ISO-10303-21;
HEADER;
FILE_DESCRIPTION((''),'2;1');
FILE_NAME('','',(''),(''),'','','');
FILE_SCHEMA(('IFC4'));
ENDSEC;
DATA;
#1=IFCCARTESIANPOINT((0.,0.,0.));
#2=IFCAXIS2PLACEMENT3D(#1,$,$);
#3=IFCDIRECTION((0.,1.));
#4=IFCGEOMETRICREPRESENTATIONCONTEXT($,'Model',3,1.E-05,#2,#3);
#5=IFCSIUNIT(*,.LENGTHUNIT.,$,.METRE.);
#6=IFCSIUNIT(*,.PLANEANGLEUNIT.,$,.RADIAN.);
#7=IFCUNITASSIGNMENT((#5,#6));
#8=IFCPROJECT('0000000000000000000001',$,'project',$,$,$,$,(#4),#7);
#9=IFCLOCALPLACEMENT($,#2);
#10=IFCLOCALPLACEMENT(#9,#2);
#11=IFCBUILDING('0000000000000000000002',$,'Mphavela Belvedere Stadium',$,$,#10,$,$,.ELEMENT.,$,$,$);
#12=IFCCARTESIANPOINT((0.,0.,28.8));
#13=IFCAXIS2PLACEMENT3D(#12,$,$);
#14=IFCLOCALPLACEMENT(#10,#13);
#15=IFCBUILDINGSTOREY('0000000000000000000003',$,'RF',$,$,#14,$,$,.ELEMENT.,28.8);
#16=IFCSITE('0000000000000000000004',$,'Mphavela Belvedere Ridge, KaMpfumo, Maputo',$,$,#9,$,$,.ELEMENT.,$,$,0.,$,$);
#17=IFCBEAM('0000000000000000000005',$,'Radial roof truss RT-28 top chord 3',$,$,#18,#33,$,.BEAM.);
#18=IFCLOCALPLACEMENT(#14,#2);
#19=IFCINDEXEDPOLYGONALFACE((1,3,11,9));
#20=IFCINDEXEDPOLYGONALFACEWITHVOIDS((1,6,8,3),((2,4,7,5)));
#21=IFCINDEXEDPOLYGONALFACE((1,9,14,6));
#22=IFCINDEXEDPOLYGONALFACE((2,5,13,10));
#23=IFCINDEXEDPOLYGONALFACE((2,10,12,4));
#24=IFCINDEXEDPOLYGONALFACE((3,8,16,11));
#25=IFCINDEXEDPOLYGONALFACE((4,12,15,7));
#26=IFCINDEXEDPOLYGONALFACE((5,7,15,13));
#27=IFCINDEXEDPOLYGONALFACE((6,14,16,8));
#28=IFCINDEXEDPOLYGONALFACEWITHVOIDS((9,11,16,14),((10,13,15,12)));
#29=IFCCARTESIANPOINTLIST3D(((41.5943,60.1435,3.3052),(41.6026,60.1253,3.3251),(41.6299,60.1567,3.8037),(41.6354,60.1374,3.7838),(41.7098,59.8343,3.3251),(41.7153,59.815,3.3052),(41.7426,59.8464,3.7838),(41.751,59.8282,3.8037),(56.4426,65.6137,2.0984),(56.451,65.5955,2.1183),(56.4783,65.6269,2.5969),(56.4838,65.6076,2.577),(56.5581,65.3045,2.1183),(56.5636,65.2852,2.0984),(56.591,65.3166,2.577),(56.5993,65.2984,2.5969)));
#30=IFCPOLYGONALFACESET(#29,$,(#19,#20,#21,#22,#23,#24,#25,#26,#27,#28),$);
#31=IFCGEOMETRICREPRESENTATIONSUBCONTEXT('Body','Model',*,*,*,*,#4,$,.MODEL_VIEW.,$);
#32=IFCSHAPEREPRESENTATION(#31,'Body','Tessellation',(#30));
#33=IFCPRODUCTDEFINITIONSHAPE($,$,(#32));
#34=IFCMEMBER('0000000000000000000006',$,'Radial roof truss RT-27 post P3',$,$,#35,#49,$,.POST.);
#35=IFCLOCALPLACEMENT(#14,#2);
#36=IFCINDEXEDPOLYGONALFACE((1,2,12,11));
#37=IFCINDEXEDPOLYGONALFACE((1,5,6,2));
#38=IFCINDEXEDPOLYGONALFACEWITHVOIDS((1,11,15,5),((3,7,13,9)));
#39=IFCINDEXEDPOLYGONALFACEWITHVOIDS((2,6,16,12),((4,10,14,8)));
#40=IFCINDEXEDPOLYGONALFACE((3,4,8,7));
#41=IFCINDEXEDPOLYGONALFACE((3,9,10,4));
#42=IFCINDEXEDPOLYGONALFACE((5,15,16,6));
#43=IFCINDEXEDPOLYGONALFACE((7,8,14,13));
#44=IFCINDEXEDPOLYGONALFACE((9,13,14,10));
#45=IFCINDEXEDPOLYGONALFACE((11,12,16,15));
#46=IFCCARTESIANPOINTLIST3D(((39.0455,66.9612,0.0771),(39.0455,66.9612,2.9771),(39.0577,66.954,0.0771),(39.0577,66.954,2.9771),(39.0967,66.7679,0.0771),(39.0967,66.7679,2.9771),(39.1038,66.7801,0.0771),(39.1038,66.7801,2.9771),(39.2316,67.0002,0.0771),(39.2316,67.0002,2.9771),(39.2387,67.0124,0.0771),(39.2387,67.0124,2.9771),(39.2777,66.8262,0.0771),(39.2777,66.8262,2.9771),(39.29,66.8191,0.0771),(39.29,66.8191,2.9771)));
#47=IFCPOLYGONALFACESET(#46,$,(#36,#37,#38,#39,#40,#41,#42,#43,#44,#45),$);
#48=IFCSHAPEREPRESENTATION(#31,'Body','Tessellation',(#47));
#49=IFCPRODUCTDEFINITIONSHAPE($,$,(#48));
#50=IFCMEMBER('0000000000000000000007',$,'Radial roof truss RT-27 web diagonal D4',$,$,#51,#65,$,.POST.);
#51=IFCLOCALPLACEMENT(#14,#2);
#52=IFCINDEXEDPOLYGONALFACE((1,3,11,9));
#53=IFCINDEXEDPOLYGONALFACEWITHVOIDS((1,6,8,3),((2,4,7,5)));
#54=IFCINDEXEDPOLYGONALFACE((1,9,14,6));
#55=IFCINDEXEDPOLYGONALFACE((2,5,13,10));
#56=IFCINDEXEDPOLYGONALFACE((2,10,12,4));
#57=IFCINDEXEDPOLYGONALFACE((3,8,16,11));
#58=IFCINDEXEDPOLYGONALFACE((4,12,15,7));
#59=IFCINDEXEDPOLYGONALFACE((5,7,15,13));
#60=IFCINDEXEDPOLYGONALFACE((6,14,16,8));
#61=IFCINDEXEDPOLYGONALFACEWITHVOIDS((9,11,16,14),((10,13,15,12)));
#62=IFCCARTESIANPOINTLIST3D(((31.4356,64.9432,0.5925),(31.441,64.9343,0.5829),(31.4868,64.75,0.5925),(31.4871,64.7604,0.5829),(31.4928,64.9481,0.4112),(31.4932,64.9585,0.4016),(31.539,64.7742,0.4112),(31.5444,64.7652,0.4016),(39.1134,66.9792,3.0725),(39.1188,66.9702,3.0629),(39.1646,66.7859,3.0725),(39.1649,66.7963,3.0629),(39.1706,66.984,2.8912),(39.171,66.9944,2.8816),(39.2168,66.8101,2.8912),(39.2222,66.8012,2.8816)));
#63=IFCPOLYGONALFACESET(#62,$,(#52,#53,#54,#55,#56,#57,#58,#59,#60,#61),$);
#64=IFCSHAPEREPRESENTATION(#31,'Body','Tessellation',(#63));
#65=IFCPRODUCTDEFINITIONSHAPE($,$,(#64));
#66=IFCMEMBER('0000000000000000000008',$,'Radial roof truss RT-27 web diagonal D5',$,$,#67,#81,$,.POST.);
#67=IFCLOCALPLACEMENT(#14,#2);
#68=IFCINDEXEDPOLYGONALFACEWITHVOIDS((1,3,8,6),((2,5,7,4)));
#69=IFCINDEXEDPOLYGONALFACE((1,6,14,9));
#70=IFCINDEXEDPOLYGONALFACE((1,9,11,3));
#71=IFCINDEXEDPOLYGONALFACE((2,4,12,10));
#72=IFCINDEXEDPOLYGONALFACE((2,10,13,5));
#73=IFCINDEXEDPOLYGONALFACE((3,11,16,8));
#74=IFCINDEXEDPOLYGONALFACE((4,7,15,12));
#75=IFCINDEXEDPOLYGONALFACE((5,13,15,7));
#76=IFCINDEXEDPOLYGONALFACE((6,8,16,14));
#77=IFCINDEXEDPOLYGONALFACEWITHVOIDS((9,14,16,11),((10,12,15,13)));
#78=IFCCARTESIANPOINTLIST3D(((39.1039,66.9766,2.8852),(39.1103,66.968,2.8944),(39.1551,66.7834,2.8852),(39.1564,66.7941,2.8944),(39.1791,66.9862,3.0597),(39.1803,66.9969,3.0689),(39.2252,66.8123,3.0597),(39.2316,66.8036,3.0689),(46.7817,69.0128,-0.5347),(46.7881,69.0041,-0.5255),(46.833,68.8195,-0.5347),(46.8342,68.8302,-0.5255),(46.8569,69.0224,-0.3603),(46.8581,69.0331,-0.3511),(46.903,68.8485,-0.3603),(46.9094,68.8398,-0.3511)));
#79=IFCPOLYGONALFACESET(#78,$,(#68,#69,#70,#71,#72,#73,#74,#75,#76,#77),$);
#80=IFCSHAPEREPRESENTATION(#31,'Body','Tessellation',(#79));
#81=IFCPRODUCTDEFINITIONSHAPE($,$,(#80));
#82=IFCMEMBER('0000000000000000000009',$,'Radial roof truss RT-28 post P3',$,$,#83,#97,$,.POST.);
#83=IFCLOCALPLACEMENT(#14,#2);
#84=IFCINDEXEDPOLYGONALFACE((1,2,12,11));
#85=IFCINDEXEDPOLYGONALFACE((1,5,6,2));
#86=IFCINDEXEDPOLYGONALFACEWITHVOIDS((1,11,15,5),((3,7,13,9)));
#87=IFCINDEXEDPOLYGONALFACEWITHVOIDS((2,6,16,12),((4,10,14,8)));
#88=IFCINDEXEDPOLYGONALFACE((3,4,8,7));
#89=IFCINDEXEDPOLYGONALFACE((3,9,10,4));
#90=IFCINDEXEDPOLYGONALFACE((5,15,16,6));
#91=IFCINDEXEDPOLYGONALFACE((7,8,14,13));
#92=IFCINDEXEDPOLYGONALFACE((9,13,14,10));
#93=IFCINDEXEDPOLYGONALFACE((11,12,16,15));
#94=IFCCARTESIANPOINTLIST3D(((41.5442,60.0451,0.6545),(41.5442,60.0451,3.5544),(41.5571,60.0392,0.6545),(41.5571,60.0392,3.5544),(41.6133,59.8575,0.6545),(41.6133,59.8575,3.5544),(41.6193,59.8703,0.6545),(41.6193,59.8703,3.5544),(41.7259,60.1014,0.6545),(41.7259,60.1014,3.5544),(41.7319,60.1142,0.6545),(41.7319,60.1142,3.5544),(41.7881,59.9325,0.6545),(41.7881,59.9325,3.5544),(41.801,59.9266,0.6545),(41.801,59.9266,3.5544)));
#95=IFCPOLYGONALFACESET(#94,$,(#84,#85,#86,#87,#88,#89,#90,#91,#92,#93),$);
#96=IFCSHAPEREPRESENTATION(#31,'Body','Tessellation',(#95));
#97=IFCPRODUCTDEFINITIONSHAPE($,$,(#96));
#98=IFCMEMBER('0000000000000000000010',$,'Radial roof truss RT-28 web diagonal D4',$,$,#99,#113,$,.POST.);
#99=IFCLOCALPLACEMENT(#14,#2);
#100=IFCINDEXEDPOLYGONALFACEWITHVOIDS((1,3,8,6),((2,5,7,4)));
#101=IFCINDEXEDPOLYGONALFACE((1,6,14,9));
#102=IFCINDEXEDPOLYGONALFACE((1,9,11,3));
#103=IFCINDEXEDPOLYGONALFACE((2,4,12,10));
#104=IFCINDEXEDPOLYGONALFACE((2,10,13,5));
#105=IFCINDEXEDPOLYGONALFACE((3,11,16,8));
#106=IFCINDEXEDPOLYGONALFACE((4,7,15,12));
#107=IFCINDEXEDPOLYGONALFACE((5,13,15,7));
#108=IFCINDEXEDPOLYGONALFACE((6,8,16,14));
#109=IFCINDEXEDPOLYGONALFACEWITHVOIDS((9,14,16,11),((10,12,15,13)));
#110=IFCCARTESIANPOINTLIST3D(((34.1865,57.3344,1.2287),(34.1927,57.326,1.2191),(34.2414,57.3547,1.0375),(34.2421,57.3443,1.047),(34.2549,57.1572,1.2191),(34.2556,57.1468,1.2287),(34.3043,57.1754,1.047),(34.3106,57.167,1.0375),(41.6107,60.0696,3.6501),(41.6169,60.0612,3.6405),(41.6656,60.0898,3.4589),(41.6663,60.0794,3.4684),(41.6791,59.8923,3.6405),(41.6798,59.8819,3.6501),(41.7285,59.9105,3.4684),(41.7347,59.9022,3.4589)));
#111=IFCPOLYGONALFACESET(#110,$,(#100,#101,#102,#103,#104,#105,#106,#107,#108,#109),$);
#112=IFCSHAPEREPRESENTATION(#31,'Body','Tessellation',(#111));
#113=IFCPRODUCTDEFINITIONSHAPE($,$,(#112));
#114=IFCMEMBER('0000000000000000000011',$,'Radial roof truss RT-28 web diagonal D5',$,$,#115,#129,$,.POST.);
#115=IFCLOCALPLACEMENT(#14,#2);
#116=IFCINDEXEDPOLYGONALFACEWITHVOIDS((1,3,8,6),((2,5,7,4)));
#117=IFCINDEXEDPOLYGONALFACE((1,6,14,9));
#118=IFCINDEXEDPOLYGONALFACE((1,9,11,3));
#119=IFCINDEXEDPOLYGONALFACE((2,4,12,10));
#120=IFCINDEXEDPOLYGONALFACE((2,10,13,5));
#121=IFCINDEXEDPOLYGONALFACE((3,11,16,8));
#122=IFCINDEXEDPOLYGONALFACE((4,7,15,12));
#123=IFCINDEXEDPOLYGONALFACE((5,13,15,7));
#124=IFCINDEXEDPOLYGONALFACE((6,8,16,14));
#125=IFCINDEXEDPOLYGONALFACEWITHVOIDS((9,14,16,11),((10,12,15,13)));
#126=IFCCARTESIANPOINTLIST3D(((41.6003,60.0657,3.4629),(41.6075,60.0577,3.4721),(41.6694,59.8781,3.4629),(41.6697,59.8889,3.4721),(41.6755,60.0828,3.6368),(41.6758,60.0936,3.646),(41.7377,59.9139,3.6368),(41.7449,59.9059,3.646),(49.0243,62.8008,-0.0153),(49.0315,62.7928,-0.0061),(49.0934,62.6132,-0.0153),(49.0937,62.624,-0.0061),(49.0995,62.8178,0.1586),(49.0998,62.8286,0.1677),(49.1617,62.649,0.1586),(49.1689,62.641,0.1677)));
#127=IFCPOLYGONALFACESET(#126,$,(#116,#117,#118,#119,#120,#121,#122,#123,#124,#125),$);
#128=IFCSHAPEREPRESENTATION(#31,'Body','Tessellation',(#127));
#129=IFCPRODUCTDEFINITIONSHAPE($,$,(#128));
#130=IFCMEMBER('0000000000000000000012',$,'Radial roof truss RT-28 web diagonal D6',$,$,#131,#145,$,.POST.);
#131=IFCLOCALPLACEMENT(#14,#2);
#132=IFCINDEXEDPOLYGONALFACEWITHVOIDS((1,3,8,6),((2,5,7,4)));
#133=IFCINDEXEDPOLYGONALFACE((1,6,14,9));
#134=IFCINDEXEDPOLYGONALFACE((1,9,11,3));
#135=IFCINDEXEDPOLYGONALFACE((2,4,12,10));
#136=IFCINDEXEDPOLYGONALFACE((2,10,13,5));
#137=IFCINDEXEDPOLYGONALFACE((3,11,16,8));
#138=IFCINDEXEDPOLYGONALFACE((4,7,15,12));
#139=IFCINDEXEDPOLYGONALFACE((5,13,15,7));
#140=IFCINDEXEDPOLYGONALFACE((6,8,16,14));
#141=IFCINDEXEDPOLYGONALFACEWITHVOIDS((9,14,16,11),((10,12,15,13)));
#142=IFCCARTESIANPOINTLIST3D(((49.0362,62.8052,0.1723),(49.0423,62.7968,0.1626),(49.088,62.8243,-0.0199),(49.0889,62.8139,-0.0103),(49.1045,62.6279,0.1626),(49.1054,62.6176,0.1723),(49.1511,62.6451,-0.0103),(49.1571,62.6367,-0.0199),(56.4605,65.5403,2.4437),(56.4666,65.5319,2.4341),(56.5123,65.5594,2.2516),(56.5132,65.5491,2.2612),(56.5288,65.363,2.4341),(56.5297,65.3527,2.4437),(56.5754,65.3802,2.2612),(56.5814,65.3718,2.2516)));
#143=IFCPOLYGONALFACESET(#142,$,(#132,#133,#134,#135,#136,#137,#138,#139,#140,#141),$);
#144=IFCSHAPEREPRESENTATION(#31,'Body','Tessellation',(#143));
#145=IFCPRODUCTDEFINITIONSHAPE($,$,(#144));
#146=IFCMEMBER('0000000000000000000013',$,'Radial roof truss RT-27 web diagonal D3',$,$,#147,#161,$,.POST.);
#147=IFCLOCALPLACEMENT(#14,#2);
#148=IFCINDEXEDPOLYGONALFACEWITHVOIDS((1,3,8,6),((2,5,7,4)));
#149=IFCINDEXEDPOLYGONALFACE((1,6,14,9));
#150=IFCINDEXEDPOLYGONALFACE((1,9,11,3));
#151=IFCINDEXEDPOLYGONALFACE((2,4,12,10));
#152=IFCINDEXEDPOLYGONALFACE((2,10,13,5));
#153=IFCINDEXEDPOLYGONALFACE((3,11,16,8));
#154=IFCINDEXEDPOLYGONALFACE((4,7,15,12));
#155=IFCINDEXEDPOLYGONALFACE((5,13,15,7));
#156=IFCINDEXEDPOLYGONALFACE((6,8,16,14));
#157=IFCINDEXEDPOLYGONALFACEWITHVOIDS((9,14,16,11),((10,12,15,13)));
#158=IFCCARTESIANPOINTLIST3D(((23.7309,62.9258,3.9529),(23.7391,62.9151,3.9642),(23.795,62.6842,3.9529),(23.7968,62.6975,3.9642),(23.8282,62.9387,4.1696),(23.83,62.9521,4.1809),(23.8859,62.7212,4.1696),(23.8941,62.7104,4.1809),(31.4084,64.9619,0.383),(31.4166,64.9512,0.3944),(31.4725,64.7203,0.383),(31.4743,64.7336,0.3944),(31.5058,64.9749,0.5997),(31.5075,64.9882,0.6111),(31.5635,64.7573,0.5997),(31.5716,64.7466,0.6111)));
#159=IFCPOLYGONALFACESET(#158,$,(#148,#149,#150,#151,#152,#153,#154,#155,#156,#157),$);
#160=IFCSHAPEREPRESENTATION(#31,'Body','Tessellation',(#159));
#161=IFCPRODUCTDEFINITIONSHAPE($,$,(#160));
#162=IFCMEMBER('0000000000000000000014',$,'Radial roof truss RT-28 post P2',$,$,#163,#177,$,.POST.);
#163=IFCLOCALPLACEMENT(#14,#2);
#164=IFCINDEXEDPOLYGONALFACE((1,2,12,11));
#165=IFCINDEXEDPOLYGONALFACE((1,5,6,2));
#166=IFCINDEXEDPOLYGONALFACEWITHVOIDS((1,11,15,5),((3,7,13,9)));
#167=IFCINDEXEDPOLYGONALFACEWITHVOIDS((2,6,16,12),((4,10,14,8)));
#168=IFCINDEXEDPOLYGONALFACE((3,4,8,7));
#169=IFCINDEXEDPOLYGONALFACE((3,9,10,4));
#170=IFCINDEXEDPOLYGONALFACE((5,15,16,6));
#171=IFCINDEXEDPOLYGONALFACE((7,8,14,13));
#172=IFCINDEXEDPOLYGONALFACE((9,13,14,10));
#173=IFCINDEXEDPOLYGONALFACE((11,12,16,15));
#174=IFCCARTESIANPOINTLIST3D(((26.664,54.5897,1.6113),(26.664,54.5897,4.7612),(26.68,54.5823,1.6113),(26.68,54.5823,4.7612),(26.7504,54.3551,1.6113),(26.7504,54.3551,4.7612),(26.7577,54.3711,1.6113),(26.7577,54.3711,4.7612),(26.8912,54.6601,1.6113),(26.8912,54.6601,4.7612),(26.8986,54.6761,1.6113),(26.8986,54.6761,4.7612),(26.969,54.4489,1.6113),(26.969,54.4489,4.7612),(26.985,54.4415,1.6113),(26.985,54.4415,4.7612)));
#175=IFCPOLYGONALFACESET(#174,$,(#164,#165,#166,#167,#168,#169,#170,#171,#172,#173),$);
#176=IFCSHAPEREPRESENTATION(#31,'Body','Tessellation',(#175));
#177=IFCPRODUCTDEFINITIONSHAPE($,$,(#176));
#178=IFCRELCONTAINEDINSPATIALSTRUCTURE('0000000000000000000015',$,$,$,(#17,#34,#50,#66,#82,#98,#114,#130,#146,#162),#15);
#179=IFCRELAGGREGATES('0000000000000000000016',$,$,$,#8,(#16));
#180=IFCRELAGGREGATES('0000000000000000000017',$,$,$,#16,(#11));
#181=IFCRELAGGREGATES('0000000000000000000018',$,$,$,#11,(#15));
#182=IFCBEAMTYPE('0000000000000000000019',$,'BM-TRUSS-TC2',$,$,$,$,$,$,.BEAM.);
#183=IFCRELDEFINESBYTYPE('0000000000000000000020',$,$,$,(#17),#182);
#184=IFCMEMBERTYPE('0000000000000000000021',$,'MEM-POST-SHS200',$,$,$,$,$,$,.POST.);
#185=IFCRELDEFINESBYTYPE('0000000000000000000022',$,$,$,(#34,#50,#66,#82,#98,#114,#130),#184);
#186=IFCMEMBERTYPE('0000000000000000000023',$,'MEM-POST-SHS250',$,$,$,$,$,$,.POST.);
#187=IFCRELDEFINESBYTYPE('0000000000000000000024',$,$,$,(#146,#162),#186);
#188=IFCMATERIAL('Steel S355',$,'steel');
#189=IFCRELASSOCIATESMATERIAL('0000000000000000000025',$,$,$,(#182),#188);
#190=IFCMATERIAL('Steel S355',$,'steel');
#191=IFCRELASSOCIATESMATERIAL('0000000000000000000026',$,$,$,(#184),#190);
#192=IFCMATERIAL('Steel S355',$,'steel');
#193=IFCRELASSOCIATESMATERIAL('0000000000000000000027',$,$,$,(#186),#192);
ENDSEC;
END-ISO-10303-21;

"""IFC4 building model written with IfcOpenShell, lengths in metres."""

from ifc_helpers import new_model, si_unit, direction, frame, origin, origin_2d, place, context, subcontext, project, spatial, hollow_rectangle, extrude, material, material_profile, profile_set, type_object, element, save


model = new_model("IFC4")

# Units and contexts
model_context = context("Model", 3, precision=1e-05, world=origin(), true_north=direction((0.0, 1.0)))
body_context = subcontext(model_context, "Body", "Model", "MODEL_VIEW")
ifc_project = project(units=[si_unit("LENGTHUNIT", "METRE"), si_unit("PLANEANGLEUNIT", "RADIAN")], contexts=[model_context])

# Site, building, storey
site_placement = place(None, origin())
site = spatial("IfcSite", under=ifc_project, at=site_placement, Name="Mphavela Belvedere Ridge, KaMpfumo, Maputo", CompositionType="ELEMENT", RefElevation=0.0)
building_placement = place(site_placement, origin())
building = spatial("IfcBuilding", under=site, at=building_placement, Name="Mphavela Belvedere Stadium", CompositionType="ELEMENT")
storey_placement = place(building_placement, frame((0.0, 0.0, 28.8)))
storey = spatial("IfcBuildingStorey", under=building, at=storey_placement, Name="RF", CompositionType="ELEMENT", Elevation=28.8)

# Beam
ifc_material_1 = material(Name="Steel S355", Category="steel")
ifc_material_profile_1 = material_profile(ifc_material_1, hollow_rectangle(XDim=0.3501, YDim=0.5, WallThickness=0.02, at=origin_2d()), Name="RHS 500x350x20")
ifc_profile_set_1 = profile_set([ifc_material_profile_1], Name="Steel S355")
beam_type_1 = type_object("IfcBeamType", Name="BM-TRUSS-TC2", PredefinedType="BEAM", material=ifc_profile_set_1)
beam_1_placement = place(storey_placement, frame((41.6726, 59.9858, 3.5544), z_axis=(0.935631, 0.344691, -0.076042), x_axis=(-0.345692, 0.938348, 0.0)))
element("IfcBeam", 1, at=beam_1_placement, inside=storey, type_object=beam_type_1, Name="Radial roof truss RT-28 top chord 3", PredefinedType="BEAM", context=body_context, shape_type="SweptSolid", body=[
    extrude(hollow_rectangle(XDim=0.3501, YDim=0.5, WallThickness=0.02, at=origin_2d()), origin(), (0.0, 0.0, 1.0), 15.8699),
])

# Members
ifc_material_2 = material(Name="Steel S355", Category="steel")
ifc_material_profile_2 = material_profile(ifc_material_2, hollow_rectangle(XDim=0.2, YDim=0.2, WallThickness=0.01, at=origin_2d()), Name="SHS 200x200x10")
ifc_profile_set_2 = profile_set([ifc_material_profile_2], Name="Steel S355")
member_type_1 = type_object("IfcMemberType", Name="MEM-POST-SHS200", PredefinedType="POST", material=ifc_profile_set_2)
member_1_placement = place(storey_placement, frame((39.1677, 66.8901, 0.0771), z_axis=(0.0, 0.0, 1.0), x_axis=(-0.9666, -0.256289, 0.0)))
element("IfcMember", 2, at=member_1_placement, inside=storey, type_object=member_type_1, Name="Radial roof truss RT-27 post P3", PredefinedType="POST", context=body_context, shape_type="SweptSolid", body=[
    extrude(hollow_rectangle(XDim=0.2, YDim=0.2, WallThickness=0.01, at=origin_2d()), origin(), (0.0, 0.0, 1.0), 2.8999),
])
member_2_placement = place(storey_placement, frame((31.49, 64.8542, 0.4971), z_axis=(0.922669, 0.244662, 0.298031), x_axis=(-0.25631, 0.966595, 0.0)))
element("IfcMember", 3, at=member_2_placement, inside=storey, type_object=member_type_1, Name="Radial roof truss RT-27 web diagonal D4", PredefinedType="POST", context=body_context, shape_type="SweptSolid", body=[
    extrude(hollow_rectangle(XDim=0.2, YDim=0.2, WallThickness=0.01, at=origin_2d()), origin(), (0.0, 0.0, 1.0), 8.3213),
])
member_3_placement = place(storey_placement, frame((39.1677, 66.8901, 2.9771), z_axis=(0.887796, 0.235443, -0.395454), x_axis=(-0.256339, 0.966587, 0.0)))
element("IfcMember", 4, at=member_3_placement, inside=storey, type_object=member_type_1, Name="Radial roof truss RT-27 web diagonal D5", PredefinedType="POST", context=body_context, shape_type="SweptSolid", body=[
    extrude(hollow_rectangle(XDim=0.2, YDim=0.2, WallThickness=0.01, at=origin_2d()), origin(), (0.0, 0.0, 1.0), 8.6482),
])
member_4_placement = place(storey_placement, frame((41.6726, 59.9858, 0.6545), z_axis=(0.0, 0.0, 1.0), x_axis=(-0.938372, -0.345626, 0.0)))
element("IfcMember", 5, at=member_4_placement, inside=storey, type_object=member_type_1, Name="Radial roof truss RT-28 post P3", PredefinedType="POST", context=body_context, shape_type="SweptSolid", body=[
    extrude(hollow_rectangle(XDim=0.2, YDim=0.2, WallThickness=0.01, at=origin_2d()), origin(), (0.0, 0.0, 1.0), 2.8999),
])
member_5_placement = place(storey_placement, frame((34.2485, 57.2507, 1.1331), z_axis=(0.897266, 0.330562, 0.292646), x_axis=(-0.345697, 0.938346, 0.0)))
element("IfcMember", 6, at=member_5_placement, inside=storey, type_object=member_type_1, Name="Radial roof truss RT-28 web diagonal D4", PredefinedType="POST", context=body_context, shape_type="SweptSolid", body=[
    extrude(hollow_rectangle(XDim=0.2, YDim=0.2, WallThickness=0.01, at=origin_2d()), origin(), (0.0, 0.0, 1.0), 8.2742),
])
member_6_placement = place(storey_placement, frame((41.6726, 59.9858, 3.5544), z_axis=(0.859001, 0.316465, -0.402453), x_axis=(-0.345697, 0.938346, 0.0)))
element("IfcMember", 7, at=member_6_placement, inside=storey, type_object=member_type_1, Name="Radial roof truss RT-28 web diagonal D5", PredefinedType="POST", context=body_context, shape_type="SweptSolid", body=[
    extrude(hollow_rectangle(XDim=0.2, YDim=0.2, WallThickness=0.01, at=origin_2d()), origin(), (0.0, 0.0, 1.0), 8.6426),
])
member_7_placement = place(storey_placement, frame((49.0967, 62.7209, 0.0762), z_axis=(0.901917, 0.332265, 0.275943), x_axis=(-0.345687, 0.93835, 0.0)))
element("IfcMember", 8, at=member_7_placement, inside=storey, type_object=member_type_1, Name="Radial roof truss RT-28 web diagonal D6", PredefinedType="POST", context=body_context, shape_type="SweptSolid", body=[
    extrude(hollow_rectangle(XDim=0.2, YDim=0.2, WallThickness=0.01, at=origin_2d()), origin(), (0.0, 0.0, 1.0), 8.2317),
])
ifc_material_3 = material(Name="Steel S355", Category="steel")
ifc_material_profile_3 = material_profile(ifc_material_3, hollow_rectangle(XDim=0.25, YDim=0.25, WallThickness=0.0125, at=origin_2d()), Name="SHS 250x250x12.5")
ifc_profile_set_3 = profile_set([ifc_material_profile_3], Name="Steel S355")
member_type_2 = type_object("IfcMemberType", Name="MEM-POST-SHS250", PredefinedType="POST", material=ifc_profile_set_3)
member_8_placement = place(storey_placement, frame((23.8125, 62.8181, 4.0669), z_axis=(0.881636, 0.233817, -0.409937), x_axis=(-0.256346, 0.966585, 0.0)))
element("IfcMember", 9, at=member_8_placement, inside=storey, type_object=member_type_2, Name="Radial roof truss RT-27 web diagonal D3", PredefinedType="POST", context=body_context, shape_type="SweptSolid", body=[
    extrude(hollow_rectangle(XDim=0.25, YDim=0.25, WallThickness=0.0125, at=origin_2d()), origin(), (0.0, 0.0, 1.0), 8.7083),
])
member_9_placement = place(storey_placement, frame((26.8245, 54.5156, 1.6113), z_axis=(0.0, 0.0, 1.0), x_axis=(-0.938372, -0.345626, 0.0)))
element("IfcMember", 10, at=member_9_placement, inside=storey, type_object=member_type_2, Name="Radial roof truss RT-28 post P2", PredefinedType="POST", context=body_context, shape_type="SweptSolid", body=[
    extrude(hollow_rectangle(XDim=0.25, YDim=0.25, WallThickness=0.0125, at=origin_2d()), origin(), (0.0, 0.0, 1.0), 3.1499),
])

save(model, "model.ifc")
